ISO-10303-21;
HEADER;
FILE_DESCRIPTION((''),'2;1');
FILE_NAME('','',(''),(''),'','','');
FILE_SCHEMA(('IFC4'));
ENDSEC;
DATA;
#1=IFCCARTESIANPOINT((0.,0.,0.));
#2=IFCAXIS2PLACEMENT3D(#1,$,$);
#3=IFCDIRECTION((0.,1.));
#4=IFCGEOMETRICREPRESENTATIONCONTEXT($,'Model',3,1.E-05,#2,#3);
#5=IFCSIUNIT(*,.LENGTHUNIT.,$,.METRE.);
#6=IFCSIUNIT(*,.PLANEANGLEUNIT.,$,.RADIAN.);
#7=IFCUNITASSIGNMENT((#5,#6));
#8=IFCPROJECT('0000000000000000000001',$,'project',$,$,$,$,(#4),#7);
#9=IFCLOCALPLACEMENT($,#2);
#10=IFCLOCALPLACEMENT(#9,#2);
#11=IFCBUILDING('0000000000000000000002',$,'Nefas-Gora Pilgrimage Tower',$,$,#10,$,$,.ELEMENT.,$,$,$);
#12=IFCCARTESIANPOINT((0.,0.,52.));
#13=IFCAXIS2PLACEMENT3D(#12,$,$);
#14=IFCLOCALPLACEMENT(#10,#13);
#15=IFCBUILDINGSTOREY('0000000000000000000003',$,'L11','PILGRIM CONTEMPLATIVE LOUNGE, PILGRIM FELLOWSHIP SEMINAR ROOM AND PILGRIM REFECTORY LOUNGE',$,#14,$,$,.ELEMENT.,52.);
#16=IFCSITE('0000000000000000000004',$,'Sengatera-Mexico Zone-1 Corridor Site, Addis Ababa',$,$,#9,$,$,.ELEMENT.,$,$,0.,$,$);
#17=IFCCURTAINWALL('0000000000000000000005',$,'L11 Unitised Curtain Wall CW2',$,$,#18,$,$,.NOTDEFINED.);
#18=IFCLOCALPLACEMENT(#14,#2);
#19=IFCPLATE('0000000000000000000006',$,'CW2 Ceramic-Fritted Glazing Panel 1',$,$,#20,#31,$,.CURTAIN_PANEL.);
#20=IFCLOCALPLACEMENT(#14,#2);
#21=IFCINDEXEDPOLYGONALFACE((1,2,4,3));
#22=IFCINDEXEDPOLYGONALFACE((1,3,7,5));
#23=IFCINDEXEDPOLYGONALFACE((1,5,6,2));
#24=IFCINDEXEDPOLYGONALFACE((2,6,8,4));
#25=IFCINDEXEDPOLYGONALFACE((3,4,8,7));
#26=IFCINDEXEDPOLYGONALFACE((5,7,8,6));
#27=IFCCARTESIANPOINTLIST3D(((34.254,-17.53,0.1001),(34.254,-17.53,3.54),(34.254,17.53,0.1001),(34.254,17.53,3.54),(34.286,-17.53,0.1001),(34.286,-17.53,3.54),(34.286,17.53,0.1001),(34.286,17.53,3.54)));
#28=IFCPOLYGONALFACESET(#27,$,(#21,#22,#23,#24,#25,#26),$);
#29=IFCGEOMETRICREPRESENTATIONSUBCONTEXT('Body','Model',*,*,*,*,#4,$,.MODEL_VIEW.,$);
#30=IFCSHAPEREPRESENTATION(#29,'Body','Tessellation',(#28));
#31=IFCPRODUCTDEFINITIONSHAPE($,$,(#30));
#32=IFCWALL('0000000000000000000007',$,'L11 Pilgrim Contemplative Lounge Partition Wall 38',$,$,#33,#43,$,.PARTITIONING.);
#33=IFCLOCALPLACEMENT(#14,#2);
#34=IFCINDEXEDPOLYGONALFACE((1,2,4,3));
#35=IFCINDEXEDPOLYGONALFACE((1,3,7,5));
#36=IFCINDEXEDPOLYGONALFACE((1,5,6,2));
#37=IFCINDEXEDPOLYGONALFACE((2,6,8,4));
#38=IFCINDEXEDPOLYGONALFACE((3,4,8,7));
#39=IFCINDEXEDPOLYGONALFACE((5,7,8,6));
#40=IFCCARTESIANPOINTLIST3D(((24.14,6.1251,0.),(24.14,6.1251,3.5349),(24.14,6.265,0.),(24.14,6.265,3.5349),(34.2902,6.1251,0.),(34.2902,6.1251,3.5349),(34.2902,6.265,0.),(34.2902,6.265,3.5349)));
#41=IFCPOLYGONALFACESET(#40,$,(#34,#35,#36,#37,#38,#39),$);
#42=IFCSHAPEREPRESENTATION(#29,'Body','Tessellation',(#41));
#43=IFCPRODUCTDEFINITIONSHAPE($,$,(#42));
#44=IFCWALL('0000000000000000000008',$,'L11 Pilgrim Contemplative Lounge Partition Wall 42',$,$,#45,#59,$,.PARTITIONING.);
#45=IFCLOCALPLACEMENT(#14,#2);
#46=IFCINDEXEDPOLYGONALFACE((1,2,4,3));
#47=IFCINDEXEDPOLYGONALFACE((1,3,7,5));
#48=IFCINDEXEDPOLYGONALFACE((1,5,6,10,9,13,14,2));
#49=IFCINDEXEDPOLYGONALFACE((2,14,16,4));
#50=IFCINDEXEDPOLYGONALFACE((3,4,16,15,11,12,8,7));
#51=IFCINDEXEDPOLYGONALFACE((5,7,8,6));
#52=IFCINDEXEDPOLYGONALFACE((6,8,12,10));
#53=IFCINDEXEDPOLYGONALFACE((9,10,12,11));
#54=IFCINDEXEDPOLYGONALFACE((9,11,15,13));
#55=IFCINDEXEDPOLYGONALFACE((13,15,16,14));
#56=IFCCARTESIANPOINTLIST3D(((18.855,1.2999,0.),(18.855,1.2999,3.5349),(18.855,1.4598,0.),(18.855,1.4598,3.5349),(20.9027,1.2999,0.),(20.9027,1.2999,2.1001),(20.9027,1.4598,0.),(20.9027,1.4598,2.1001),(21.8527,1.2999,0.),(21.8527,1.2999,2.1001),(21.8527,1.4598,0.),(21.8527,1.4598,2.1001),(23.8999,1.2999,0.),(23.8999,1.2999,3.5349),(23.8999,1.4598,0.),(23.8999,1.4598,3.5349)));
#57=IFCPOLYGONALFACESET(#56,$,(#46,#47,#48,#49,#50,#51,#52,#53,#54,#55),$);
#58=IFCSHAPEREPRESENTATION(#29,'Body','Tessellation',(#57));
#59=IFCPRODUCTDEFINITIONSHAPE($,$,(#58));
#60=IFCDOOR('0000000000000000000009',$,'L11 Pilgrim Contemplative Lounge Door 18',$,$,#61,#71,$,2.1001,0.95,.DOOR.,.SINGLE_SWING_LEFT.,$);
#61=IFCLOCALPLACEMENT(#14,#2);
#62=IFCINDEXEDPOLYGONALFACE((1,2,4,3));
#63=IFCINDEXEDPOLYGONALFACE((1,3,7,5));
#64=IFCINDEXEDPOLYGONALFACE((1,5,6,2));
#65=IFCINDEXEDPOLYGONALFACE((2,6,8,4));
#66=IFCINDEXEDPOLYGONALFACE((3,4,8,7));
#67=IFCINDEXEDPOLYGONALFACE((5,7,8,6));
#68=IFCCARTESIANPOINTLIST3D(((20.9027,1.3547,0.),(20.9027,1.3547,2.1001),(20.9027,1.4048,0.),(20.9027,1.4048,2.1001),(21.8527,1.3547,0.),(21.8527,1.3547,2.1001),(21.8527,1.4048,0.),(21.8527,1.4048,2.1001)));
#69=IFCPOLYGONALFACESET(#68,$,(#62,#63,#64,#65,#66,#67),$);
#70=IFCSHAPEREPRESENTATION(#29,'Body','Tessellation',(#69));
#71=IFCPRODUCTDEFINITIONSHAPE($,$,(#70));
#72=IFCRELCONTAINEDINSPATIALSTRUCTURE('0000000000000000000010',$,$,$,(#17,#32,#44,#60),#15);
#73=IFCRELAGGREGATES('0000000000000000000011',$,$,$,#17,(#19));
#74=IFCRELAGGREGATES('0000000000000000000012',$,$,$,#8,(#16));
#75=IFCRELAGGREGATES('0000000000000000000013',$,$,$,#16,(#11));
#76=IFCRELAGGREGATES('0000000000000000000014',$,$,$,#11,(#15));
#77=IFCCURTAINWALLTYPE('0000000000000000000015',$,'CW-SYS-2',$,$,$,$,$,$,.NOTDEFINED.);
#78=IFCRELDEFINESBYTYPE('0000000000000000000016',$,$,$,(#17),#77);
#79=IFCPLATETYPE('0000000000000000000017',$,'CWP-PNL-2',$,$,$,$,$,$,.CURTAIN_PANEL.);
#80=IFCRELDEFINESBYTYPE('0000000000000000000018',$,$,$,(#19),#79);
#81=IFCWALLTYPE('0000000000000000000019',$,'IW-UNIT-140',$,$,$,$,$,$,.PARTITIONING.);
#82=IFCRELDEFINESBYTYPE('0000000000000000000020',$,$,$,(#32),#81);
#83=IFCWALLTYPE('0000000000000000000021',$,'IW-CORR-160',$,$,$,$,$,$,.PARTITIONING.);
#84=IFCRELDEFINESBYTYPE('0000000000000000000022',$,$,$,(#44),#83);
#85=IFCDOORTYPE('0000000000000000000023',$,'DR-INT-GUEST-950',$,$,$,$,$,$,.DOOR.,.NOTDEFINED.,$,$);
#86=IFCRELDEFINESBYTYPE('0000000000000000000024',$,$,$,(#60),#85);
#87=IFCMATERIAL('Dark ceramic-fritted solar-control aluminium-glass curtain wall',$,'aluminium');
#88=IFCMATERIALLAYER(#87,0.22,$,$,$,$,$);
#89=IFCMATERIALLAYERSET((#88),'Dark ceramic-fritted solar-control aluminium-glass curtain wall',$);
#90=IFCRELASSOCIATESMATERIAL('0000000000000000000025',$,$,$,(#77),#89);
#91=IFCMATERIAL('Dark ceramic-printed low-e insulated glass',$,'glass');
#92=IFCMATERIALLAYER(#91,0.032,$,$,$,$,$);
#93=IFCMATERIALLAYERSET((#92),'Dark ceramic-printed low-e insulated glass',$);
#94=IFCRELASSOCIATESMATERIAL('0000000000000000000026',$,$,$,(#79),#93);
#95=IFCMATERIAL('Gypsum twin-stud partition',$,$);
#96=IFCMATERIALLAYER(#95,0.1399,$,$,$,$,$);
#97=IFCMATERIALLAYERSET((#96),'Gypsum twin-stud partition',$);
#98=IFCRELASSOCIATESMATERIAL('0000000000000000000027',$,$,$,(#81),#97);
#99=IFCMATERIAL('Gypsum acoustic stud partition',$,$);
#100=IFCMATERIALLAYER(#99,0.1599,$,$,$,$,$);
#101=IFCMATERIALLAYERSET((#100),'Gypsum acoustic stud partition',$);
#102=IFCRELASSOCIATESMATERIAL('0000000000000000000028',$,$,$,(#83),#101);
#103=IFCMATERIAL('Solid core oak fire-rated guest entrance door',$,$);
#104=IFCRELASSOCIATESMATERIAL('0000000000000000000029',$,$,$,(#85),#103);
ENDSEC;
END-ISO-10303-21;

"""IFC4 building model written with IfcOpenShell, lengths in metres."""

from ifc_helpers import new_model, si_unit, direction, frame, frame_2d, origin, origin_2d, place, context, subcontext, project, spatial, rectangle, extrude, source, transform, mapped, material, layer, layer_set, type_object, element, fill, aggregate, save


model = new_model("IFC4")

# Units and contexts
model_context = context("Model", 3, precision=1e-05, world=origin(), true_north=direction((0.0, 1.0)))
body_context = subcontext(model_context, "Body", "Model", "MODEL_VIEW")
ifc_project = project(units=[si_unit("LENGTHUNIT", "METRE"), si_unit("PLANEANGLEUNIT", "RADIAN")], contexts=[model_context])

# Site, building, storey
site_placement = place(None, origin())
site = spatial("IfcSite", under=ifc_project, at=site_placement, Name="Sengatera-Mexico Zone-1 Corridor Site, Addis Ababa", CompositionType="ELEMENT", RefElevation=0.0)
building_placement = place(site_placement, origin())
building = spatial("IfcBuilding", under=site, at=building_placement, Name="Nefas-Gora Pilgrimage Tower", CompositionType="ELEMENT")
storey_placement = place(building_placement, frame((0.0, 0.0, 52.0)))
storey = spatial("IfcBuildingStorey", under=building, at=storey_placement, Name="L11", Description="PILGRIM CONTEMPLATIVE LOUNGE, PILGRIM FELLOWSHIP SEMINAR ROOM AND PILGRIM REFECTORY LOUNGE", CompositionType="ELEMENT", Elevation=52.0)

# Curtain wall, plate
ifc_material_1 = material(Name="Dark ceramic-fritted solar-control aluminium-glass curtain wall", Category="aluminium")
ifc_layer_1 = layer(ifc_material_1, 0.22)
ifc_layer_set_1 = layer_set([ifc_layer_1], Name="Dark ceramic-fritted solar-control aluminium-glass curtain wall")
curtain_wall_type = type_object("IfcCurtainWallType", Name="CW-SYS-2", PredefinedType="NOTDEFINED", material=ifc_layer_set_1)
curtain_wall_placement = place(storey_placement, origin())
curtain_wall = element("IfcCurtainWall", 1, at=curtain_wall_placement, inside=storey, type_object=curtain_wall_type, Name="L11 Unitised Curtain Wall CW2", PredefinedType="NOTDEFINED")
ifc_material_2 = material(Name="Dark ceramic-printed low-e insulated glass", Category="glass")
ifc_layer_2 = layer(ifc_material_2, 0.032)
ifc_layer_set_2 = layer_set([ifc_layer_2], Name="Dark ceramic-printed low-e insulated glass")
plate_type = type_object("IfcPlateType", Name="CWP-PNL-2", PredefinedType="CURTAIN_PANEL", material=ifc_layer_set_2)
shared_shape_1 = source(origin(), body_context, "Body", "SweptSolid", [
    extrude(rectangle(XDim=35.0601, YDim=0.032, at=origin_2d()), origin(), (0.0, 0.0, 1.0), 3.4399),
])
plate_placement = place(storey_placement, frame((34.27, 0.0, 0.1001), z_axis=(0.0, 0.0, 1.0), x_axis=(0.0, 1.0, 0.0)))
plate = element("IfcPlate", 2, at=plate_placement, type_object=plate_type, Name="CW2 Ceramic-Fritted Glazing Panel 1", PredefinedType="CURTAIN_PANEL", context=body_context, shape_type="MappedRepresentation", body=[
    mapped(shared_shape_1, transform((0.0, 0.0, 0.0), x_axis=(1.0, 0.0, 0.0), y_axis=(0.0, 1.0, 0.0), z_axis=(0.0, 0.0, 1.0), scale=1.0)),
])
aggregate(curtain_wall, [plate])

# Wall
ifc_material_3 = material(Name="Gypsum twin-stud partition")
ifc_layer_3 = layer(ifc_material_3, 0.1399)
ifc_layer_set_3 = layer_set([ifc_layer_3], Name="Gypsum twin-stud partition")
wall_type_1 = type_object("IfcWallType", Name="IW-UNIT-140", PredefinedType="PARTITIONING", material=ifc_layer_set_3)
shared_shape_2 = source(origin(), body_context, "Body", "SweptSolid", [
    extrude(rectangle(XDim=10.1501, YDim=0.1399, at=frame_2d((5.0752, 0.0))), origin(), (0.0, 0.0, 1.0), 3.5349),
])
wall_1_placement = place(storey_placement, frame((24.1399, 6.1951, 0.0), z_axis=(0.0, 0.0, 1.0), x_axis=(1.0, 0.0, 0.0)))
element("IfcWall", 3, at=wall_1_placement, inside=storey, type_object=wall_type_1, Name="L11 Pilgrim Contemplative Lounge Partition Wall 38", PredefinedType="PARTITIONING", context=body_context, shape_type="MappedRepresentation", body=[
    mapped(shared_shape_2, transform((0.0, 0.0, 0.0), x_axis=(1.0, 0.0, 0.0), y_axis=(0.0, 1.0, 0.0), z_axis=(0.0, 0.0, 1.0), scale=1.0)),
])

# Wall, opening, door
ifc_material_4 = material(Name="Gypsum acoustic stud partition")
ifc_layer_4 = layer(ifc_material_4, 0.1599)
ifc_layer_set_4 = layer_set([ifc_layer_4], Name="Gypsum acoustic stud partition")
wall_type_2 = type_object("IfcWallType", Name="IW-CORR-160", PredefinedType="PARTITIONING", material=ifc_layer_set_4)
shared_shape_3 = source(origin(), body_context, "Body", "SweptSolid", [
    extrude(rectangle(XDim=5.0449, YDim=0.1599, at=frame_2d((2.5225, 0.0))), origin(), (0.0, 0.0, 1.0), 3.5349),
])
wall_2_placement = place(storey_placement, frame((18.855, 1.3799, 0.0), z_axis=(0.0, 0.0, 1.0), x_axis=(1.0, 0.0, 0.0)))
wall_2 = element("IfcWall", 4, at=wall_2_placement, inside=storey, type_object=wall_type_2, Name="L11 Pilgrim Contemplative Lounge Partition Wall 42", PredefinedType="PARTITIONING", context=body_context, shape_type="MappedRepresentation", body=[
    mapped(shared_shape_3, transform((0.0, 0.0, 0.0), x_axis=(1.0, 0.0, 0.0), y_axis=(0.0, 1.0, 0.0), z_axis=(0.0, 0.0, 1.0), scale=1.0)),
])
opening_placement = place(wall_2_placement, frame((2.0476, 0.0, 0.0)))
opening = element("IfcOpeningElement", 5, at=opening_placement, cuts=wall_2, PredefinedType="OPENING", context=body_context, shape_type="SweptSolid", body=[
    extrude(rectangle(XDim=0.95, YDim=2.1001, at=frame_2d((0.4751, 1.05))), frame((0.0, 0.0898, 0.0), z_axis=(0.0, -1.0, 0.0), x_axis=(1.0, 0.0, 0.0)), (0.0, 0.0, 1.0), 0.1799),
])
ifc_material_5 = material(Name="Solid core oak fire-rated guest entrance door")
door_type = type_object("IfcDoorType", Name="DR-INT-GUEST-950", OperationType="NOTDEFINED", PredefinedType="DOOR", material=ifc_material_5)
shared_shape_4 = source(origin(), body_context, "Body", "SweptSolid", [
    extrude(rectangle(XDim=0.95, YDim=2.1001, at=frame_2d((0.4751, 1.05))), frame((0.0, 0.0249, 0.0), z_axis=(0.0, -1.0, 0.0), x_axis=(1.0, 0.0, 0.0)), (0.0, 0.0, 1.0), 0.05),
])
door_placement = place(opening_placement, origin())
door = element("IfcDoor", 6, at=door_placement, inside=storey, type_object=door_type, Name="L11 Pilgrim Contemplative Lounge Door 18", OperationType="SINGLE_SWING_LEFT", OverallHeight=2.1001, OverallWidth=0.95, PredefinedType="DOOR", context=body_context, shape_type="MappedRepresentation", body=[
    mapped(shared_shape_4, transform((0.0, 0.0, 0.0), x_axis=(1.0, 0.0, 0.0), y_axis=(0.0, 1.0, 0.0), z_axis=(0.0, 0.0, 1.0), scale=1.0)),
])
fill(opening, door)

save(model, "model.ifc")
